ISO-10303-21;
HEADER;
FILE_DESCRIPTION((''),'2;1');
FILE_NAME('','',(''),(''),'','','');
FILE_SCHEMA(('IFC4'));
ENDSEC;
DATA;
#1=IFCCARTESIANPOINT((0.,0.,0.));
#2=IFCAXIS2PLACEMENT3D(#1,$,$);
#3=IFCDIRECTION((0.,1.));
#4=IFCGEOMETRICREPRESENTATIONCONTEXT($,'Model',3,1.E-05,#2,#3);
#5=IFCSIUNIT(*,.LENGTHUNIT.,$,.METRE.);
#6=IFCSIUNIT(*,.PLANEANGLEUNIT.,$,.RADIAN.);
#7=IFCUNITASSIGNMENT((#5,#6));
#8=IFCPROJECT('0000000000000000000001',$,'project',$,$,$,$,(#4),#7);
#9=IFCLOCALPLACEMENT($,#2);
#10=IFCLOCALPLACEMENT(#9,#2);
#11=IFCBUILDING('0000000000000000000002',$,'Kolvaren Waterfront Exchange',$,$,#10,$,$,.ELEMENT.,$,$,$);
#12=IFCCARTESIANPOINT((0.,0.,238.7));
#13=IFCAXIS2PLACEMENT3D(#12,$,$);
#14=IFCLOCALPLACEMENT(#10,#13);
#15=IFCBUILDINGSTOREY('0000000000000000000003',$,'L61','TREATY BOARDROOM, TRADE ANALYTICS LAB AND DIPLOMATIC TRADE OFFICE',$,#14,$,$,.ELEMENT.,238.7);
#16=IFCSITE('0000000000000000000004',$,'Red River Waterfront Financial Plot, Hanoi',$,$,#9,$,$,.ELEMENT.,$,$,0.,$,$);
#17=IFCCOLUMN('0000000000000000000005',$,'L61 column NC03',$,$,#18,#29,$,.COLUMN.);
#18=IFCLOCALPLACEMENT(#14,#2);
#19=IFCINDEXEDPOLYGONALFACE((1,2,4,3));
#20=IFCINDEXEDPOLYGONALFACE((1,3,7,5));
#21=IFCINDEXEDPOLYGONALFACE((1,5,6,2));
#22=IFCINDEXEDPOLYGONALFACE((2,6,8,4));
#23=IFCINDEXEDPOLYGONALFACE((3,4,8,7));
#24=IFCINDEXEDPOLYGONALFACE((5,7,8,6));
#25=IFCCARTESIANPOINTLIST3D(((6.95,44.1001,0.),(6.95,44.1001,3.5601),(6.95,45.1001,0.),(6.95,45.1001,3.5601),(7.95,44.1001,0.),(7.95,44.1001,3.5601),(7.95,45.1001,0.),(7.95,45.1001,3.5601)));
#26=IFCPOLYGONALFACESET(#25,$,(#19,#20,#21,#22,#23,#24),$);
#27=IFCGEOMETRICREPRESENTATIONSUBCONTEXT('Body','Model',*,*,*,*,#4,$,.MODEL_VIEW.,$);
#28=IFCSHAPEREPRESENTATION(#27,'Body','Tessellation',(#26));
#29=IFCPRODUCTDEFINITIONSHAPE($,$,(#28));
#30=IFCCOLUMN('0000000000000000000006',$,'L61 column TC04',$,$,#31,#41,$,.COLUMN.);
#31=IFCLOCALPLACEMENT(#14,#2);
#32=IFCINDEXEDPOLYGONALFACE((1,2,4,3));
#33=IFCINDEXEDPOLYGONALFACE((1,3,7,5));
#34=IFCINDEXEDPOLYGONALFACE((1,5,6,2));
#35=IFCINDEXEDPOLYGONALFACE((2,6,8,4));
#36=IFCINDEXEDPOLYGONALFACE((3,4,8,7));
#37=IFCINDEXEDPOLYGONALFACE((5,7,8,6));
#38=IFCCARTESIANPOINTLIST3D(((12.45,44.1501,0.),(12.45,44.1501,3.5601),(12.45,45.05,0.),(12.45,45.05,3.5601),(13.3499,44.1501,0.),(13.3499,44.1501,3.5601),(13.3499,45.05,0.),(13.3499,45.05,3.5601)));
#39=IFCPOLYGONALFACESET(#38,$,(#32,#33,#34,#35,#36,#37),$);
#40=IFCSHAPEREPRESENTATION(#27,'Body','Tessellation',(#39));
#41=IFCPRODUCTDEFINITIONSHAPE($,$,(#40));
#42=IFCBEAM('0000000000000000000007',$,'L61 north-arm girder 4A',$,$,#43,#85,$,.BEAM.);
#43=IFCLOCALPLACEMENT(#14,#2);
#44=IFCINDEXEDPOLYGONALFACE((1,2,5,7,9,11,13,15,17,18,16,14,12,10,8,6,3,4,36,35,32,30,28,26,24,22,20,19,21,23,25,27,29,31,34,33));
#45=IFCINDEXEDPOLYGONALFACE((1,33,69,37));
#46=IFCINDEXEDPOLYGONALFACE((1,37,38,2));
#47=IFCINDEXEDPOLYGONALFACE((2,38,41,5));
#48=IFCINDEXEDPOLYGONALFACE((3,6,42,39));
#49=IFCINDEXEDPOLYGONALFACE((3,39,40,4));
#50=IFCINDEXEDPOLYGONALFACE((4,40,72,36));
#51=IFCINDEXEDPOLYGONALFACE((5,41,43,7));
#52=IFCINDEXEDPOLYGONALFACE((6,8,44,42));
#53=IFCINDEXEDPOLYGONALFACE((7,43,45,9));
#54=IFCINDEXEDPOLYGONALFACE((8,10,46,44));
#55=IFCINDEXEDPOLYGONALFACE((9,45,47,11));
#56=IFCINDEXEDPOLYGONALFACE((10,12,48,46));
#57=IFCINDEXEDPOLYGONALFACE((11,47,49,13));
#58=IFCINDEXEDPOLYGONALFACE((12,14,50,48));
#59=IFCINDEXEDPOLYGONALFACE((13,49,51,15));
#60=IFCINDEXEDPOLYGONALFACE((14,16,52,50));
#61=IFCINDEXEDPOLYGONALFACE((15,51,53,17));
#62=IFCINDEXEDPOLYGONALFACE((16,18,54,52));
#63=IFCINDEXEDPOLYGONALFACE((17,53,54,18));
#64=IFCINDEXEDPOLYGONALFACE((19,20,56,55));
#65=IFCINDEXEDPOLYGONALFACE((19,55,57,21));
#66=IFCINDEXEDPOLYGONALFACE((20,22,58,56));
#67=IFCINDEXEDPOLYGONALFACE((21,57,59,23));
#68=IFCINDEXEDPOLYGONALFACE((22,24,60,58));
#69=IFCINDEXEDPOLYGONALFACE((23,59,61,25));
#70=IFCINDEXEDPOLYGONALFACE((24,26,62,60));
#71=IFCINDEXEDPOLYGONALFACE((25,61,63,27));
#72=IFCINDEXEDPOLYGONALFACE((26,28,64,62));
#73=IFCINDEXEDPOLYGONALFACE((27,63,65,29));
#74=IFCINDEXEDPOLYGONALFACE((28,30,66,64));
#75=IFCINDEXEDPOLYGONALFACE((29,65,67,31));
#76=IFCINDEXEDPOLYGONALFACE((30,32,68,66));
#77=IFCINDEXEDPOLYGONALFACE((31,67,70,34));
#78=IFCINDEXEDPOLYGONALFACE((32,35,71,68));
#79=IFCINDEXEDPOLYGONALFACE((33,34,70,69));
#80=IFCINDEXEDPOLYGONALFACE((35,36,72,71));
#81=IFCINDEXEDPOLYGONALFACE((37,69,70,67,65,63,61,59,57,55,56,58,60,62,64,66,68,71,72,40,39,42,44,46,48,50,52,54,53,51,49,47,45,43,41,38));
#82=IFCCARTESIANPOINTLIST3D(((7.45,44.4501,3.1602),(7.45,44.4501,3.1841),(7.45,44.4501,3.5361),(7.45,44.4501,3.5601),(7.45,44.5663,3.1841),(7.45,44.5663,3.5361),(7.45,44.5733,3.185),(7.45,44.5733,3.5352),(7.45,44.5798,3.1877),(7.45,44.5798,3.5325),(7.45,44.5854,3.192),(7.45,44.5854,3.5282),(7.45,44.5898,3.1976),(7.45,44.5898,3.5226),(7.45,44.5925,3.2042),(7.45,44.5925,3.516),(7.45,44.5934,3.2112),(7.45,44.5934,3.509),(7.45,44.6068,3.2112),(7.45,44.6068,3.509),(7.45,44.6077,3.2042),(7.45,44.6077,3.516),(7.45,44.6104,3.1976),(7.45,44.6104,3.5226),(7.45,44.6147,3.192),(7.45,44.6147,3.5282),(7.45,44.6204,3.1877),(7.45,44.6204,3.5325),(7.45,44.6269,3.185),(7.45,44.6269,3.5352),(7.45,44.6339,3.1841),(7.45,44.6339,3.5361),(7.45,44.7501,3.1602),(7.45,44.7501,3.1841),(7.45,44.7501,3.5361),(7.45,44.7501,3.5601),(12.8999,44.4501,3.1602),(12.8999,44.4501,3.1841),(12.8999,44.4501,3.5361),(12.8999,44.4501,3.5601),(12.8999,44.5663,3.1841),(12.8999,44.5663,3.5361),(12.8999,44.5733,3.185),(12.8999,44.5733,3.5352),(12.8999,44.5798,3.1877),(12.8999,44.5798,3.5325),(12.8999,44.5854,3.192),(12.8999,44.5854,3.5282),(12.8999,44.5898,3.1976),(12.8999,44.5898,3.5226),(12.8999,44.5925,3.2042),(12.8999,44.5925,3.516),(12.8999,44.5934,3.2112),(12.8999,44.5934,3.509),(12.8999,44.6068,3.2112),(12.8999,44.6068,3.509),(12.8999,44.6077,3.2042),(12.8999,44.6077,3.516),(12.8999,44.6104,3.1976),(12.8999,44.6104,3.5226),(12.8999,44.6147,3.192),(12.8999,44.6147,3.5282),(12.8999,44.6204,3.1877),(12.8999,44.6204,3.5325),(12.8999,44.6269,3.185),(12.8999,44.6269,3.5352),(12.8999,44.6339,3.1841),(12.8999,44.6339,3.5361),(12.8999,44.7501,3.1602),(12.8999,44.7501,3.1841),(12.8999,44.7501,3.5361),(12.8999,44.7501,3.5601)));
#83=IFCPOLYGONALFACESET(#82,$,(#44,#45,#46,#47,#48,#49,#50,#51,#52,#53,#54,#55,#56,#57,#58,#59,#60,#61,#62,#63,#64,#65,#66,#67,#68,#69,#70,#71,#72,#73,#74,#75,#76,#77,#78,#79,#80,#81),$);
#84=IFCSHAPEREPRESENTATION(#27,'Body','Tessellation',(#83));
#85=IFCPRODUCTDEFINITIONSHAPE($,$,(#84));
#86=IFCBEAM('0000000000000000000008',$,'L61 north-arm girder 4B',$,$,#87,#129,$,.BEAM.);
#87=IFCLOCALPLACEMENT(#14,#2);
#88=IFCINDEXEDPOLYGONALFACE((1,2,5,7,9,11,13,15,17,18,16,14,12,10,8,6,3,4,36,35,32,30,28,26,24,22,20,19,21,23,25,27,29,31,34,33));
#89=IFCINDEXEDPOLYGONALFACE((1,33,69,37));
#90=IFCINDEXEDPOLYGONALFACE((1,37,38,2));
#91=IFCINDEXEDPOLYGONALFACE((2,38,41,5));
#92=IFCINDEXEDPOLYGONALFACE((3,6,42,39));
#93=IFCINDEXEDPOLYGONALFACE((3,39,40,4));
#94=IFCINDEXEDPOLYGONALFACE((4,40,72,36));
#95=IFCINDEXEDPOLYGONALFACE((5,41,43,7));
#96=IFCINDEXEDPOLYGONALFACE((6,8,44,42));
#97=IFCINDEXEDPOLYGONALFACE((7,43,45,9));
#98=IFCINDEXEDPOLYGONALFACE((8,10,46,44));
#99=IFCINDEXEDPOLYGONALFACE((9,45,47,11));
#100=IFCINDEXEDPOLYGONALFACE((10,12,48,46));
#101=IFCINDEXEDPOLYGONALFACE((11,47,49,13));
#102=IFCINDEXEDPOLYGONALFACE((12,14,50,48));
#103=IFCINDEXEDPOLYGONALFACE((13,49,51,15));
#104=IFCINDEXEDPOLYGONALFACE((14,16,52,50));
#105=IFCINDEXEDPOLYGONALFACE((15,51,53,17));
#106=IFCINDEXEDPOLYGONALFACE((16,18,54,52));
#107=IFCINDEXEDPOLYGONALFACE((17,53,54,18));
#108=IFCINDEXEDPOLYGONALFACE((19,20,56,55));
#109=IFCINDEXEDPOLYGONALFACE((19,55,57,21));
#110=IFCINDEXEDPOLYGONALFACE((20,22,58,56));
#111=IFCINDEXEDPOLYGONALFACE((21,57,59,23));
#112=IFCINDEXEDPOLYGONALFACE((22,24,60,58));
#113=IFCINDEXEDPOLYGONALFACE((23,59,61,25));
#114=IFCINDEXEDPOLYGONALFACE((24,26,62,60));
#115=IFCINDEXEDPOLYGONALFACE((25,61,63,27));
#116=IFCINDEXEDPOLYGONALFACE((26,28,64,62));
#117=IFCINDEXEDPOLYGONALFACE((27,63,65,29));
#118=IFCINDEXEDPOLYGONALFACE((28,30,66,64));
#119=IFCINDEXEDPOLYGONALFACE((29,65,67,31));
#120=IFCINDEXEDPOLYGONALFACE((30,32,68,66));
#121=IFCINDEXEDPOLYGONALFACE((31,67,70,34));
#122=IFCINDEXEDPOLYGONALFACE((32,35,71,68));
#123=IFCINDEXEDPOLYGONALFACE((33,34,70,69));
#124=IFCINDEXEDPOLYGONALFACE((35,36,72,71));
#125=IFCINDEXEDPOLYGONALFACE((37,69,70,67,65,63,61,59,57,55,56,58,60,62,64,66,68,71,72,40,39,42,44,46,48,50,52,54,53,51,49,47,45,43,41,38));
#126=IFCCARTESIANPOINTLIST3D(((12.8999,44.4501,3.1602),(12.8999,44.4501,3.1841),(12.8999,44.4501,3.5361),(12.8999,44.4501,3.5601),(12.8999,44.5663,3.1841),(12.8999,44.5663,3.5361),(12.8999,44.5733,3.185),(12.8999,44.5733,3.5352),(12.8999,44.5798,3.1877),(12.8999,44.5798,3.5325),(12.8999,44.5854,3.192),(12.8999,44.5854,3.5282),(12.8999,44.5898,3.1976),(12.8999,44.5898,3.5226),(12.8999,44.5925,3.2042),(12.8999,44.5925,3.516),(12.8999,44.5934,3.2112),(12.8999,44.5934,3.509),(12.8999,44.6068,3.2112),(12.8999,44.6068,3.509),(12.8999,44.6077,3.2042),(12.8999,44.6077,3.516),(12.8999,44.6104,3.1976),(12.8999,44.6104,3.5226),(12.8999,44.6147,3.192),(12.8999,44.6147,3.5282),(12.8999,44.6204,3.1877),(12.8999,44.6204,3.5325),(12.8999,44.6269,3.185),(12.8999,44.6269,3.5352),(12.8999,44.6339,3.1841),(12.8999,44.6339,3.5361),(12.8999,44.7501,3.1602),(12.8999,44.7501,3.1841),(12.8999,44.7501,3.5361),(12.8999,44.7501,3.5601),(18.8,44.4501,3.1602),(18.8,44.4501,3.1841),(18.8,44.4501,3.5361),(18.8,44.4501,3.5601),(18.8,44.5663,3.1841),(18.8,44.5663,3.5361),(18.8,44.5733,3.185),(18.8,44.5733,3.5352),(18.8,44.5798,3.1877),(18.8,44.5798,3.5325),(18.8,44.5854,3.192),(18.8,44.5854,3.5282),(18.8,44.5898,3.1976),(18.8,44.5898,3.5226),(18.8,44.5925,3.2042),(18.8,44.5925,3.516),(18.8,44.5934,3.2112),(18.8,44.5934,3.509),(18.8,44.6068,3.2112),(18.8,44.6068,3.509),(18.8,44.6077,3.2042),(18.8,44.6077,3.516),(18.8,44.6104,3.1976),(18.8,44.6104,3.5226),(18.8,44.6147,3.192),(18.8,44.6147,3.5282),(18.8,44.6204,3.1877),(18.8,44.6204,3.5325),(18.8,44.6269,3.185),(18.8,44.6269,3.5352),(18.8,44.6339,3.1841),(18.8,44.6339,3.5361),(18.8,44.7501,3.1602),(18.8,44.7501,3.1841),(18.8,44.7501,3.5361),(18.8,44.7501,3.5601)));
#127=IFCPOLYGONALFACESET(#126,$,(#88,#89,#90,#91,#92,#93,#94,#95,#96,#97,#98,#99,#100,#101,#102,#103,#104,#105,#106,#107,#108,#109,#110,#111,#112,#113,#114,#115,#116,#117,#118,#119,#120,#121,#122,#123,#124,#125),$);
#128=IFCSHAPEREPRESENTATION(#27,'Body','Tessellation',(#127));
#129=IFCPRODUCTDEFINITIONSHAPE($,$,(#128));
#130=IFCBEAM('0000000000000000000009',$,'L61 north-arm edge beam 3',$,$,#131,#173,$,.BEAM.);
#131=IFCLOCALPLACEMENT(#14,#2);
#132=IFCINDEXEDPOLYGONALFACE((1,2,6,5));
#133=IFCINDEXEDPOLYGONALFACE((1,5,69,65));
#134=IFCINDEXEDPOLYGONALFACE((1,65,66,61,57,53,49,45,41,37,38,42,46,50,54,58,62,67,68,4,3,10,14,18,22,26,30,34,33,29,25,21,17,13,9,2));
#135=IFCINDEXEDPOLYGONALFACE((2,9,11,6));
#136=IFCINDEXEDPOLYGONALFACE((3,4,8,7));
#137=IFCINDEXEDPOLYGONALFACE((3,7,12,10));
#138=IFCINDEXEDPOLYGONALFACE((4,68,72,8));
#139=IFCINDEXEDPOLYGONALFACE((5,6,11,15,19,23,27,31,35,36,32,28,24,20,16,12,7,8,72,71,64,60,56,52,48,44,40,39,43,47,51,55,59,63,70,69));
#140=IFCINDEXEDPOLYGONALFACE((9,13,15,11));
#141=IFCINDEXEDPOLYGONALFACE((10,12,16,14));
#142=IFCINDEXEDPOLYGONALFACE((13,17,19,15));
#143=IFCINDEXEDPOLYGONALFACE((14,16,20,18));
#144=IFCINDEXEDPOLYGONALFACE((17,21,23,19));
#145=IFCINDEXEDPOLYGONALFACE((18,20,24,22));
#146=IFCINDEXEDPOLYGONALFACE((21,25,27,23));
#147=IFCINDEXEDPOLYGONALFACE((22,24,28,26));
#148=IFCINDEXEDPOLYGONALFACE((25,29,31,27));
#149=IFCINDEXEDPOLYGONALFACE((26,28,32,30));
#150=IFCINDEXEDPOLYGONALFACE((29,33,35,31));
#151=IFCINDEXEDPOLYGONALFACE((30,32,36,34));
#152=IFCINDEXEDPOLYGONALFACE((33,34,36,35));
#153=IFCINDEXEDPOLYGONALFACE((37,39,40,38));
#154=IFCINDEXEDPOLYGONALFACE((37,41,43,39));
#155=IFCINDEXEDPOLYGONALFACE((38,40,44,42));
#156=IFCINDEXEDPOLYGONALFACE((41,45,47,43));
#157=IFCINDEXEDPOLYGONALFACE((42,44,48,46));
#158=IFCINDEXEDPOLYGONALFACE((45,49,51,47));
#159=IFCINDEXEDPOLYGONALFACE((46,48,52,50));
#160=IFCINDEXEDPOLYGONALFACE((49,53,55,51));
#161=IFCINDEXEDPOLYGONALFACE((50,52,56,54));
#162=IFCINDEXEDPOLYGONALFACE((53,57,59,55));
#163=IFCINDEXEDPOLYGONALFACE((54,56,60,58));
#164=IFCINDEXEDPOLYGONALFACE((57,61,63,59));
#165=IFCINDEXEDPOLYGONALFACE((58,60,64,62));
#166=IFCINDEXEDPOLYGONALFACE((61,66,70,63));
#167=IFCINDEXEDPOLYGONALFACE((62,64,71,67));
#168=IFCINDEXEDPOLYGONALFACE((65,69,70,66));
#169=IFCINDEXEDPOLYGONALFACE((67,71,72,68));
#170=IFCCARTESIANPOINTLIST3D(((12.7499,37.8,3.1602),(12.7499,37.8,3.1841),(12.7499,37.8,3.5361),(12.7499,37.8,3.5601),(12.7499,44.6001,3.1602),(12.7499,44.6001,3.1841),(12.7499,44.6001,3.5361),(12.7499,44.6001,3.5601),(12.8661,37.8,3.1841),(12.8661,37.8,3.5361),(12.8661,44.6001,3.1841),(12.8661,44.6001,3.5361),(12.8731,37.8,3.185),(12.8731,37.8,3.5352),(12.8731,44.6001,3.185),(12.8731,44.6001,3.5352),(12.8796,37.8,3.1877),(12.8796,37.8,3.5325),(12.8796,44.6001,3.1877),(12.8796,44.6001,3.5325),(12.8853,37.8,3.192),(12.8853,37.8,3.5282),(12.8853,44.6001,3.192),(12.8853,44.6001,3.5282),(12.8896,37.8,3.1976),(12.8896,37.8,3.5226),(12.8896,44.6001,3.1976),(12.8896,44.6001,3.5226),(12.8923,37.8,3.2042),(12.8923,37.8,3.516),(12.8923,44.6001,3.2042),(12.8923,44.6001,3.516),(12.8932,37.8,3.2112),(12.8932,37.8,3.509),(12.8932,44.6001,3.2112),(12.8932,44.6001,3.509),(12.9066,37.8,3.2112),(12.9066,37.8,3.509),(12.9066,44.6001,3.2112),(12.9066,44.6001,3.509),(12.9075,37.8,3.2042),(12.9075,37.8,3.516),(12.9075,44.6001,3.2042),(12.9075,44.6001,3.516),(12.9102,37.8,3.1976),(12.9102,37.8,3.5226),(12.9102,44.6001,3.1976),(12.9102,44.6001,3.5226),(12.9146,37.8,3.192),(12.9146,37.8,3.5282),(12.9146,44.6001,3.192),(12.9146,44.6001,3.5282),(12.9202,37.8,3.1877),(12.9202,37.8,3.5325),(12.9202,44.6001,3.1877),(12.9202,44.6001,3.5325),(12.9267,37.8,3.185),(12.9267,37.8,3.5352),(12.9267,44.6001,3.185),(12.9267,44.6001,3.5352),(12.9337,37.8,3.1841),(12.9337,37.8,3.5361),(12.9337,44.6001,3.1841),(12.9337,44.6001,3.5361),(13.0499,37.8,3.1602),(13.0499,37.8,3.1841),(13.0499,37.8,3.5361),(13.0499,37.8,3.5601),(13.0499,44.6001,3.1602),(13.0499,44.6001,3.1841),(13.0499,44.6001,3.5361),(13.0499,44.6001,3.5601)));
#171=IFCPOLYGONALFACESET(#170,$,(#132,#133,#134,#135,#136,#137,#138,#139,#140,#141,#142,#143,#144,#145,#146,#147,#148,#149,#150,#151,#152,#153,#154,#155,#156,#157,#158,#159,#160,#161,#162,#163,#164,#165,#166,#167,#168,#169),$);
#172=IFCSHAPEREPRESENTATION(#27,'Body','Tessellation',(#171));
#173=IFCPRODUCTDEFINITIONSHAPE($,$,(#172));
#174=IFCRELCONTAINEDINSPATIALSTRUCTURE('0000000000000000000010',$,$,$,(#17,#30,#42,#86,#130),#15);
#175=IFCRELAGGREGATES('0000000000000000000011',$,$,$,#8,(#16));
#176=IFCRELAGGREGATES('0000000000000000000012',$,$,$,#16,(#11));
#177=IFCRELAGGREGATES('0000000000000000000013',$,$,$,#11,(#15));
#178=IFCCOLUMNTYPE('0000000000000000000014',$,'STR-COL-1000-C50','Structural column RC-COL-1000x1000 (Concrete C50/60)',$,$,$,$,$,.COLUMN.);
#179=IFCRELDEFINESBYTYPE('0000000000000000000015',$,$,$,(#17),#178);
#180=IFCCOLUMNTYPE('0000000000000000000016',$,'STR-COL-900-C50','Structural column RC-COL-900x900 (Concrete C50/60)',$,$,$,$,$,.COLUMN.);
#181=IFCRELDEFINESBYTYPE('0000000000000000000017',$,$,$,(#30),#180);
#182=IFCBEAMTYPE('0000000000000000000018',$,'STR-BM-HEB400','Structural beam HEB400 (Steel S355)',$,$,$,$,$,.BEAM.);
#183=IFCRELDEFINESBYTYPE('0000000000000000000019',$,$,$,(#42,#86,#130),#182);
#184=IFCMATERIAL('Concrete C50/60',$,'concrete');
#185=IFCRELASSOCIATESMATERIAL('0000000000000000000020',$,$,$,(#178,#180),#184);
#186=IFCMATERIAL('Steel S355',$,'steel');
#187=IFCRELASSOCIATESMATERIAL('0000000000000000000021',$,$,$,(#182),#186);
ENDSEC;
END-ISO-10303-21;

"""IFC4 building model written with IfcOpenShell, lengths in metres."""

from ifc_helpers import new_model, si_unit, direction, frame, origin, origin_2d, place, context, subcontext, project, spatial, rectangle, i_section, extrude, material, material_profile, profile_set, type_object, element, save


model = new_model("IFC4")

# Units and contexts
model_context = context("Model", 3, precision=1e-05, world=origin(), true_north=direction((0.0, 1.0)))
body_context = subcontext(model_context, "Body", "Model", "MODEL_VIEW")
ifc_project = project(units=[si_unit("LENGTHUNIT", "METRE"), si_unit("PLANEANGLEUNIT", "RADIAN")], contexts=[model_context])

# Site, building, storey
site_placement = place(None, origin())
site = spatial("IfcSite", under=ifc_project, at=site_placement, Name="Red River Waterfront Financial Plot, Hanoi", CompositionType="ELEMENT", RefElevation=0.0)
building_placement = place(site_placement, origin())
building = spatial("IfcBuilding", under=site, at=building_placement, Name="Kolvaren Waterfront Exchange", CompositionType="ELEMENT")
storey_placement = place(building_placement, frame((0.0, 0.0, 238.7)))
storey = spatial("IfcBuildingStorey", under=building, at=storey_placement, Name="L61", Description="TREATY BOARDROOM, TRADE ANALYTICS LAB AND DIPLOMATIC TRADE OFFICE", CompositionType="ELEMENT", Elevation=238.7)

# Columns
ifc_material_1 = material(Name="Concrete C50/60", Category="concrete")
ifc_material_profile_1 = material_profile(ifc_material_1, rectangle(XDim=1.0, YDim=1.0, at=origin_2d()), Name="RC-COL-1000x1000")
ifc_profile_set_1 = profile_set([ifc_material_profile_1], Name="Concrete C50/60")
column_type_1 = type_object("IfcColumnType", Name="STR-COL-1000-C50", Description="Structural column RC-COL-1000x1000 (Concrete C50/60)", PredefinedType="COLUMN", material=ifc_profile_set_1)
column_1_placement = place(storey_placement, frame((7.45, 44.6001, 0.0), z_axis=(0.0, 0.0, 1.0), x_axis=(1.0, 0.0, 0.0)))
element("IfcColumn", 1, at=column_1_placement, inside=storey, type_object=column_type_1, Name="L61 column NC03", PredefinedType="COLUMN", context=body_context, shape_type="SweptSolid", body=[
    extrude(rectangle(XDim=1.0, YDim=1.0, at=origin_2d()), origin(), (0.0, 0.0, 1.0), 3.5601),
])
ifc_material_profile_2 = material_profile(ifc_material_1, rectangle(XDim=0.8999, YDim=0.8999, at=origin_2d()), Name="RC-COL-900x900")
ifc_profile_set_2 = profile_set([ifc_material_profile_2], Name="Concrete C50/60")
column_type_2 = type_object("IfcColumnType", Name="STR-COL-900-C50", Description="Structural column RC-COL-900x900 (Concrete C50/60)", PredefinedType="COLUMN", material=ifc_profile_set_2)
column_2_placement = place(storey_placement, frame((12.8999, 44.6001, 0.0), z_axis=(0.0, 0.0, 1.0), x_axis=(1.0, 0.0, 0.0)))
element("IfcColumn", 2, at=column_2_placement, inside=storey, type_object=column_type_2, Name="L61 column TC04", PredefinedType="COLUMN", context=body_context, shape_type="SweptSolid", body=[
    extrude(rectangle(XDim=0.8999, YDim=0.8999, at=origin_2d()), origin(), (0.0, 0.0, 1.0), 3.5601),
])

# Beams
ifc_material_2 = material(Name="Steel S355", Category="steel")
ifc_material_profile_3 = material_profile(ifc_material_2, i_section(OverallWidth=0.3, OverallDepth=0.3999, WebThickness=0.0134, FlangeThickness=0.0239, FilletRadius=0.0271, at=origin_2d()), Name="HEB400")
ifc_profile_set_3 = profile_set([ifc_material_profile_3], Name="Steel S355")
beam_type_1 = type_object("IfcBeamType", Name="STR-BM-HEB400", Description="Structural beam HEB400 (Steel S355)", PredefinedType="BEAM", material=ifc_profile_set_3)
beam_1_placement = place(storey_placement, frame((7.45, 44.6001, 3.3601), z_axis=(1.0, 0.0, 0.0), x_axis=(0.0, 1.0, 0.0)))
element("IfcBeam", 3, at=beam_1_placement, inside=storey, type_object=beam_type_1, Name="L61 north-arm girder 4A", PredefinedType="BEAM", context=body_context, shape_type="SweptSolid", body=[
    extrude(i_section(OverallWidth=0.3, OverallDepth=0.3999, WebThickness=0.0134, FlangeThickness=0.0239, FilletRadius=0.0271, at=origin_2d()), origin(), (0.0, 0.0, 1.0), 5.45),
])
beam_2_placement = place(storey_placement, frame((12.8999, 44.6001, 3.3601), z_axis=(1.0, 0.0, 0.0), x_axis=(0.0, 1.0, 0.0)))
element("IfcBeam", 4, at=beam_2_placement, inside=storey, type_object=beam_type_1, Name="L61 north-arm girder 4B", PredefinedType="BEAM", context=body_context, shape_type="SweptSolid", body=[
    extrude(i_section(OverallWidth=0.3, OverallDepth=0.3999, WebThickness=0.0134, FlangeThickness=0.0239, FilletRadius=0.0271, at=origin_2d()), origin(), (0.0, 0.0, 1.0), 5.9001),
])
beam_3_placement = place(storey_placement, frame((12.8999, 37.8, 3.3601), z_axis=(0.0, 1.0, 0.0), x_axis=(-1.0, 0.0, 0.0)))
element("IfcBeam", 5, at=beam_3_placement, inside=storey, type_object=beam_type_1, Name="L61 north-arm edge beam 3", PredefinedType="BEAM", context=body_context, shape_type="SweptSolid", body=[
    extrude(i_section(OverallWidth=0.3, OverallDepth=0.3999, WebThickness=0.0134, FlangeThickness=0.0239, FilletRadius=0.0271, at=origin_2d()), origin(), (0.0, 0.0, 1.0), 6.8),
])

save(model, "model.ifc")
